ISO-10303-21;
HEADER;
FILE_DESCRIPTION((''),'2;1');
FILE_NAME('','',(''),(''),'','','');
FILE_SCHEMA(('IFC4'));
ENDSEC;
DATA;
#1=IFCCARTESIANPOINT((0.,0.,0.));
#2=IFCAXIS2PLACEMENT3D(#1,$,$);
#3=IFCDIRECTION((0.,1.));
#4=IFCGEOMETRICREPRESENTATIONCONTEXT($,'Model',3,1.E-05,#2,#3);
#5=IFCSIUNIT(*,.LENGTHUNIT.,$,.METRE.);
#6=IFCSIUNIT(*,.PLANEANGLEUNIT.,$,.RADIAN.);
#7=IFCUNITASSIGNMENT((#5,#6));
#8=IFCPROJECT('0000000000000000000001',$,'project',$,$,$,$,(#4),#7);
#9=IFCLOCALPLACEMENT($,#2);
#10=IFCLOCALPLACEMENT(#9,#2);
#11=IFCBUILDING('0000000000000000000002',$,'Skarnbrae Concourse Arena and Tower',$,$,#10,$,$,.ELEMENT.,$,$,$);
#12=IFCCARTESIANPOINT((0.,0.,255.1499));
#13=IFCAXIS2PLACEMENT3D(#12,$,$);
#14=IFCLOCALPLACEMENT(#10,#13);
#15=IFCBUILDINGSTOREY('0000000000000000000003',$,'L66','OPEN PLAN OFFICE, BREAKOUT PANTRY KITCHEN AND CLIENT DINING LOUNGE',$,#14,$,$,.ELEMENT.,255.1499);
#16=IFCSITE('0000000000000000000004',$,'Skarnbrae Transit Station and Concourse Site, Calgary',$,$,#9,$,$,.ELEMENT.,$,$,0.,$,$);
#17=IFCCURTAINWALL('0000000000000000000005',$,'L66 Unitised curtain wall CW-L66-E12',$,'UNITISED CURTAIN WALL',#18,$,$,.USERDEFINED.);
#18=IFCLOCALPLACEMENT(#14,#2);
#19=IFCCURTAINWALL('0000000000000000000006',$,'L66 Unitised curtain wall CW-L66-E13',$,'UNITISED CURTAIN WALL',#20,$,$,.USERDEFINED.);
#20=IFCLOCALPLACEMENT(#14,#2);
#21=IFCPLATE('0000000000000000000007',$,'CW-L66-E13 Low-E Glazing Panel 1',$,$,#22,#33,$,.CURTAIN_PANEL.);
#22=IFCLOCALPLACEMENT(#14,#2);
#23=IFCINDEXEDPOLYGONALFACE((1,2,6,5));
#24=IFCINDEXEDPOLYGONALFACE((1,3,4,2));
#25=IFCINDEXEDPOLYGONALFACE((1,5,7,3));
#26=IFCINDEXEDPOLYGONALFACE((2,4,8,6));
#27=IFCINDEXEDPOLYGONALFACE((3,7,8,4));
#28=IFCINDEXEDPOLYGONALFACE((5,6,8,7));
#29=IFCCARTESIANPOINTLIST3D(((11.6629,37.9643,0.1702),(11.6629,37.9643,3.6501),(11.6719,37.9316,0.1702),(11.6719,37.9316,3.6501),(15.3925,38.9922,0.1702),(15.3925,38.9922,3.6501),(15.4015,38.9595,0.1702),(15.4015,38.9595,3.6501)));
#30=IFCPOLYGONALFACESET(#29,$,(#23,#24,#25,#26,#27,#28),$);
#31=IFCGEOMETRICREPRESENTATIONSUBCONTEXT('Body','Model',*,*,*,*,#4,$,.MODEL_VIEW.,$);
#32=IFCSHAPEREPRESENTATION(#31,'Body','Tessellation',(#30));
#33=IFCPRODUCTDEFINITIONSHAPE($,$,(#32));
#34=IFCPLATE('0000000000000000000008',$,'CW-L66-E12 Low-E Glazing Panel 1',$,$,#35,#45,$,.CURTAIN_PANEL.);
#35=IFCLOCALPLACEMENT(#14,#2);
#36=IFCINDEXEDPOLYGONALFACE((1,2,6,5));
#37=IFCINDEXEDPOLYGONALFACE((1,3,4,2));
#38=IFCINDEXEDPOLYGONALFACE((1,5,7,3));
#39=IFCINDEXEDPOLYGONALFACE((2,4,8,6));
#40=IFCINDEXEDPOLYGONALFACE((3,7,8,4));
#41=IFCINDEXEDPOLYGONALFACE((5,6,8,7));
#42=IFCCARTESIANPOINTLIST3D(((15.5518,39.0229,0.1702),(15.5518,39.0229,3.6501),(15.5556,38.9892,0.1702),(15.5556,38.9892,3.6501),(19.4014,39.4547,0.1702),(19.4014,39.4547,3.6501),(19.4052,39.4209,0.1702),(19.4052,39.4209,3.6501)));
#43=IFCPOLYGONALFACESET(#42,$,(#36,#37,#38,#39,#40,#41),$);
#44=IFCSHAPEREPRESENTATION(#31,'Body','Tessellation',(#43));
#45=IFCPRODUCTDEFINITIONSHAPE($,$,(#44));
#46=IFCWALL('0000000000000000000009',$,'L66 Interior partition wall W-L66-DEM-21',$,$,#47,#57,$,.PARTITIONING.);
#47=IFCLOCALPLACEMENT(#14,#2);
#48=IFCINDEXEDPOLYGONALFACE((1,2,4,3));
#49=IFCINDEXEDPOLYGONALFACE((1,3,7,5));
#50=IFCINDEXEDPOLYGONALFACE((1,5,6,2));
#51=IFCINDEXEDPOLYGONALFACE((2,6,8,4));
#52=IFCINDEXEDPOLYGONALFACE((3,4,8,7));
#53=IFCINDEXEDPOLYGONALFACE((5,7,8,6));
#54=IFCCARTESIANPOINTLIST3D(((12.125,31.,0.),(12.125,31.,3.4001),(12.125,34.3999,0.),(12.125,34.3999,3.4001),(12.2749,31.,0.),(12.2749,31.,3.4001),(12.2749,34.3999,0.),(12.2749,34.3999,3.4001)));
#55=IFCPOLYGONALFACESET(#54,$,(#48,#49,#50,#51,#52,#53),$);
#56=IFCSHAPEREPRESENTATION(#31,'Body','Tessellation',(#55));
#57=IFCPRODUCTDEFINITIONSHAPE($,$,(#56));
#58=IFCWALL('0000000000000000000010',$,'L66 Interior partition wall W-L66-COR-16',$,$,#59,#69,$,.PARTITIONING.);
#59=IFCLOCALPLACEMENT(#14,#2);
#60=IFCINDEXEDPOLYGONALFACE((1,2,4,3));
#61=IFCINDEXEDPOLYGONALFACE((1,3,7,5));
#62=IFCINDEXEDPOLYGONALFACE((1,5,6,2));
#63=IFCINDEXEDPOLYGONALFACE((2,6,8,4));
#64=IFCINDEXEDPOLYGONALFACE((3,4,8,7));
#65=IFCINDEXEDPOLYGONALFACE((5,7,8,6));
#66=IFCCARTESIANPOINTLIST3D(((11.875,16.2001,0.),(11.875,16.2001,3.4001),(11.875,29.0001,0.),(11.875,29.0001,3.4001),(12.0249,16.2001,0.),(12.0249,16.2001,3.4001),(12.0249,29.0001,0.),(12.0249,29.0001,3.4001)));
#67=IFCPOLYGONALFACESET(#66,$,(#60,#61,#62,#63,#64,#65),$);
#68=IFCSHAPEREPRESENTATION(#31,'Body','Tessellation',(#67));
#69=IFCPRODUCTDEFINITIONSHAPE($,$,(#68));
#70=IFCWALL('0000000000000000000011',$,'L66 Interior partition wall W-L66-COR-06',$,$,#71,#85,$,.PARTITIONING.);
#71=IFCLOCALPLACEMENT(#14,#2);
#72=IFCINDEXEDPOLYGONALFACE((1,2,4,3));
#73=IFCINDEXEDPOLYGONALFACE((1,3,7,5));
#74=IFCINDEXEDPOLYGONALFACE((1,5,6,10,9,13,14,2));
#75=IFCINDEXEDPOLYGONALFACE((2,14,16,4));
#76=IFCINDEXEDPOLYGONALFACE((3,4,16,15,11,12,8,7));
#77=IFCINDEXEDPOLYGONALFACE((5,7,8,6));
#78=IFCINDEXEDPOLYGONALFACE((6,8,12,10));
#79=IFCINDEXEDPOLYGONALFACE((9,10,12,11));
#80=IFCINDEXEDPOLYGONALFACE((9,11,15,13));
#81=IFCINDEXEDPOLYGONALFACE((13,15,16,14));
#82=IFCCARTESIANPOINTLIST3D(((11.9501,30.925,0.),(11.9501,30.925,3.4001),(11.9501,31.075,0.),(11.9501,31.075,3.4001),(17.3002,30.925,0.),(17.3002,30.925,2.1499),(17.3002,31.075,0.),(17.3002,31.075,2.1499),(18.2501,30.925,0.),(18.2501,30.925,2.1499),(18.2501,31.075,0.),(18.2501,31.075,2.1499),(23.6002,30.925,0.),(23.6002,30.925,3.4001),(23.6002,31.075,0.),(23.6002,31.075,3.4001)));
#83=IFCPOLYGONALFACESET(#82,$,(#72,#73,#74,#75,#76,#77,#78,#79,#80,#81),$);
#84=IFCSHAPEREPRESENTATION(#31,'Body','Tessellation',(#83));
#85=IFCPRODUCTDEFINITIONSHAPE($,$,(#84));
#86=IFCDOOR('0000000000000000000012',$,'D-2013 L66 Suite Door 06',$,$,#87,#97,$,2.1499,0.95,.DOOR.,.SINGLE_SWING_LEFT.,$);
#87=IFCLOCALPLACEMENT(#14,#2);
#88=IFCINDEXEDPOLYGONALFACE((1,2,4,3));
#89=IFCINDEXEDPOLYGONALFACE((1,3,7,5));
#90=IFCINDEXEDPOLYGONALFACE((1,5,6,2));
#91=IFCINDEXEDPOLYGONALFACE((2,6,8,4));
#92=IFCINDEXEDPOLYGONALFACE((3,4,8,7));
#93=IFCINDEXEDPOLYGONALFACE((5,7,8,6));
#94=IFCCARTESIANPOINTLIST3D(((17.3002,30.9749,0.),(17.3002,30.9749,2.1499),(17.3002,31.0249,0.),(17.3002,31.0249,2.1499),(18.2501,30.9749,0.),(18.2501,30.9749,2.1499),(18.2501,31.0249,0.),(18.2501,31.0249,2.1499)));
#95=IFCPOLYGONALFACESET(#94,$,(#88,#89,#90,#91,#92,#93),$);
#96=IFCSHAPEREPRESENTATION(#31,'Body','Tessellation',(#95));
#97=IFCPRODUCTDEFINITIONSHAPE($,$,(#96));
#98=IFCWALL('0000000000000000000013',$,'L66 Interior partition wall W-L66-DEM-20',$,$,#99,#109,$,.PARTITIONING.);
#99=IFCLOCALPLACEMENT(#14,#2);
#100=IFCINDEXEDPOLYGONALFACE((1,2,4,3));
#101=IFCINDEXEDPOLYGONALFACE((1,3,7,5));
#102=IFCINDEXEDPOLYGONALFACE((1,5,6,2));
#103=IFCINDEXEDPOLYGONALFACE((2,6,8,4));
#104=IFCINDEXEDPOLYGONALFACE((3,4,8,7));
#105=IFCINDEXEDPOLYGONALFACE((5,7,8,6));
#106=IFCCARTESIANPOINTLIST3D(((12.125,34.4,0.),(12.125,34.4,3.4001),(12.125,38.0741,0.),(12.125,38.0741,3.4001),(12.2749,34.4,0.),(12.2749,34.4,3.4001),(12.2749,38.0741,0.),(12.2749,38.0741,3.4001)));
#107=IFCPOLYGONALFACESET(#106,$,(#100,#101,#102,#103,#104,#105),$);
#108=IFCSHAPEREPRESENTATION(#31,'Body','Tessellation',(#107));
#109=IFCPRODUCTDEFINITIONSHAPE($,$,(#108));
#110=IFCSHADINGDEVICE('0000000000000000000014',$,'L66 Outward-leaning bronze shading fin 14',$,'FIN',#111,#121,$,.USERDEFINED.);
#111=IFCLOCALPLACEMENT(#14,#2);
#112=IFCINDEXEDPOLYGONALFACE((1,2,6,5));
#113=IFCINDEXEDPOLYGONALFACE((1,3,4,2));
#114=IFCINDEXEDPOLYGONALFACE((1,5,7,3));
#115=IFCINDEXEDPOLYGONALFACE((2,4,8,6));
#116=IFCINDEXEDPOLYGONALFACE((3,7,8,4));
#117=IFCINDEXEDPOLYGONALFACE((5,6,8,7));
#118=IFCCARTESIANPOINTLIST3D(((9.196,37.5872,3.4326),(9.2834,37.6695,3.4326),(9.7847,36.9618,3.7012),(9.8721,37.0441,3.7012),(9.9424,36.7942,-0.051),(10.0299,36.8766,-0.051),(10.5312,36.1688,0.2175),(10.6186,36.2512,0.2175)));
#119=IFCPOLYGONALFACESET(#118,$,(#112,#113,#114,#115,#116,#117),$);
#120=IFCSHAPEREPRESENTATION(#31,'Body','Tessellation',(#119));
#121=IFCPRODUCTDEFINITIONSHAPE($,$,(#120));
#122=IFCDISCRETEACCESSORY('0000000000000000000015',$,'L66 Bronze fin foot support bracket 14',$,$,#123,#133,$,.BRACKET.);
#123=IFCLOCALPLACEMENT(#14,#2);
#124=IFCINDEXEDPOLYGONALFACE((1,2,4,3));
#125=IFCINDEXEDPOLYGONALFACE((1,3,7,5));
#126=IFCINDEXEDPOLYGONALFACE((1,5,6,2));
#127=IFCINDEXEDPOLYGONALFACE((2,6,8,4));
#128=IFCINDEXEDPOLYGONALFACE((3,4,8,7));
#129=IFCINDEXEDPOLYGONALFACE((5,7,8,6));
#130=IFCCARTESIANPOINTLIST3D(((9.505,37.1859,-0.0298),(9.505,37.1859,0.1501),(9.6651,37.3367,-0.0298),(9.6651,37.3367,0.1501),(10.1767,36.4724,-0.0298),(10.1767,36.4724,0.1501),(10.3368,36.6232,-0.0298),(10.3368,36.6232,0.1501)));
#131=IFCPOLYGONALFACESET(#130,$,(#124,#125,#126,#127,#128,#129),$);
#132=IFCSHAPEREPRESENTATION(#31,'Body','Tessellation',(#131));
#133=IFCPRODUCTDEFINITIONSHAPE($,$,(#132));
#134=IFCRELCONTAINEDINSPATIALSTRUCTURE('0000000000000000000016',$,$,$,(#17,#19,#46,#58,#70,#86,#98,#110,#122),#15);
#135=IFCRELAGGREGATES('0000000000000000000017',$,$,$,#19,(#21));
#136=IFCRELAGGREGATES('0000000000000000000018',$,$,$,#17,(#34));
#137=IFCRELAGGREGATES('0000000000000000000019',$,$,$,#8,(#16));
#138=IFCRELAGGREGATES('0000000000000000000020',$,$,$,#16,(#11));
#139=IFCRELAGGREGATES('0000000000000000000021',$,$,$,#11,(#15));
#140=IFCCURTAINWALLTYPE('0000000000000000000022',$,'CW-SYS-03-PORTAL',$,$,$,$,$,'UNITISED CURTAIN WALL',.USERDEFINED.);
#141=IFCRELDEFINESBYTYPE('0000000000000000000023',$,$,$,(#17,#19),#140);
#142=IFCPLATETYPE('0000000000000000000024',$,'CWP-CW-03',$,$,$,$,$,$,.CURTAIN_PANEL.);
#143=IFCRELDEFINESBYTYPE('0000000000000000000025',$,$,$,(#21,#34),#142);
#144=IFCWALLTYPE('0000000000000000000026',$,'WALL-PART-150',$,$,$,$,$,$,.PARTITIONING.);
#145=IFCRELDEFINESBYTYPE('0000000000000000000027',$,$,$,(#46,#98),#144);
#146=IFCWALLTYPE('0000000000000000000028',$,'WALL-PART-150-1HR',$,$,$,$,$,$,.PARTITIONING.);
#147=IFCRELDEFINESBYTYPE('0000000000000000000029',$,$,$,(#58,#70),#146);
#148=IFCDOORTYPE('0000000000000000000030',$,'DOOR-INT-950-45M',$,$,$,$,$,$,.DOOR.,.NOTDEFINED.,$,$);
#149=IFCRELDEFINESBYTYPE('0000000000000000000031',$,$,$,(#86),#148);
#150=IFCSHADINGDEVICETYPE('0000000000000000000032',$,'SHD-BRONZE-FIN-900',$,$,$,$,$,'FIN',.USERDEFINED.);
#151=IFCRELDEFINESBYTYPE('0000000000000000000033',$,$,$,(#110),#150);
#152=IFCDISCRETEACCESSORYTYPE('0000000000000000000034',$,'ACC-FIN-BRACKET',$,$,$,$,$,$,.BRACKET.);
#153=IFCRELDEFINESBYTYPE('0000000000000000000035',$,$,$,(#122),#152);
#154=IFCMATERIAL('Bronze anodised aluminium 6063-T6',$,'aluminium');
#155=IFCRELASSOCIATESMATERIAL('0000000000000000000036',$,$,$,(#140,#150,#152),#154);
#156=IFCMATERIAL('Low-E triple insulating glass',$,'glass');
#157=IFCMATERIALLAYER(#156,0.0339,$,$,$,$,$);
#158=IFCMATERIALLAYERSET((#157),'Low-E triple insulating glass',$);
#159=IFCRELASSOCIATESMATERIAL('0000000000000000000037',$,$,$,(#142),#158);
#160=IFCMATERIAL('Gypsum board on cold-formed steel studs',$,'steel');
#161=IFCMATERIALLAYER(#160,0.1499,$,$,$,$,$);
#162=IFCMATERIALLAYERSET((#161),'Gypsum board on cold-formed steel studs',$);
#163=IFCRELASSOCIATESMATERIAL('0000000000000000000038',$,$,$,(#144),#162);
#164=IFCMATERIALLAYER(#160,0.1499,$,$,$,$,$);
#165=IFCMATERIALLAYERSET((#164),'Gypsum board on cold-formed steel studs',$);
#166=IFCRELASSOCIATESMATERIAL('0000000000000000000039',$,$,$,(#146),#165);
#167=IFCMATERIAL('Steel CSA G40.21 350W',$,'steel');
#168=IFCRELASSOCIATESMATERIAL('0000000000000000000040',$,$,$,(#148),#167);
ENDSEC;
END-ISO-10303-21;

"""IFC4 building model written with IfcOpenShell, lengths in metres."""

from ifc_helpers import new_model, si_unit, direction, frame, frame_2d, origin, origin_2d, place, context, subcontext, project, spatial, rectangle, extrude, source, transform, mapped, material, layer, layer_set, type_object, element, fill, aggregate, save


model = new_model("IFC4")

# Units and contexts
model_context = context("Model", 3, precision=1e-05, world=origin(), true_north=direction((0.0, 1.0)))
body_context = subcontext(model_context, "Body", "Model", "MODEL_VIEW")
ifc_project = project(units=[si_unit("LENGTHUNIT", "METRE"), si_unit("PLANEANGLEUNIT", "RADIAN")], contexts=[model_context])

# Site, building, storey
site_placement = place(None, origin())
site = spatial("IfcSite", under=ifc_project, at=site_placement, Name="Skarnbrae Transit Station and Concourse Site, Calgary", CompositionType="ELEMENT", RefElevation=0.0)
building_placement = place(site_placement, origin())
building = spatial("IfcBuilding", under=site, at=building_placement, Name="Skarnbrae Concourse Arena and Tower", CompositionType="ELEMENT")
storey_placement = place(building_placement, frame((0.0, 0.0, 255.1499)))
storey = spatial("IfcBuildingStorey", under=building, at=storey_placement, Name="L66", Description="OPEN PLAN OFFICE, BREAKOUT PANTRY KITCHEN AND CLIENT DINING LOUNGE", CompositionType="ELEMENT", Elevation=255.1499)

# Shared definitions
ifc_material_1 = material(Name="Steel CSA G40.21 350W", Category="steel")

# Shared definitions
ifc_material_2 = material(Name="Bronze anodised aluminium 6063-T6", Category="aluminium")
curtain_wall_type_1 = type_object("IfcCurtainWallType", Name="CW-SYS-03-PORTAL", ElementType="UNITISED CURTAIN WALL", PredefinedType="USERDEFINED", material=ifc_material_2)

# Curtain walls
curtain_wall_1_placement = place(storey_placement, origin())
curtain_wall_1 = element("IfcCurtainWall", 1, at=curtain_wall_1_placement, inside=storey, type_object=curtain_wall_type_1, Name="L66 Unitised curtain wall CW-L66-E12", ObjectType="UNITISED CURTAIN WALL", PredefinedType="USERDEFINED")
curtain_wall_2_placement = place(storey_placement, origin())
curtain_wall_2 = element("IfcCurtainWall", 2, at=curtain_wall_2_placement, inside=storey, type_object=curtain_wall_type_1, Name="L66 Unitised curtain wall CW-L66-E13", ObjectType="UNITISED CURTAIN WALL", PredefinedType="USERDEFINED")

# Plates
ifc_material_3 = material(Name="Low-E triple insulating glass", Category="glass")
ifc_layer_1 = layer(ifc_material_3, 0.0339)
ifc_layer_set_1 = layer_set([ifc_layer_1], Name="Low-E triple insulating glass")
plate_type_1 = type_object("IfcPlateType", Name="CWP-CW-03", PredefinedType="CURTAIN_PANEL", material=ifc_layer_set_1)
shared_shape_1 = source(origin(), body_context, "Body", "SweptSolid", [
    extrude(rectangle(XDim=3.8687, YDim=0.0339, at=origin_2d()), origin(), (0.0, 0.0, 1.0), 3.48),
])
plate_1_placement = place(storey_placement, frame((13.5322, 38.4619, 0.1702), z_axis=(0.0, 0.0, 1.0), x_axis=(-0.964057, -0.265694, 0.0)))
plate_1 = element("IfcPlate", 3, at=plate_1_placement, type_object=plate_type_1, Name="CW-L66-E13 Low-E Glazing Panel 1", PredefinedType="CURTAIN_PANEL", context=body_context, shape_type="MappedRepresentation", body=[
    mapped(shared_shape_1, transform((0.0, 0.0, 0.0))),
])
aggregate(curtain_wall_2, [plate_1])
shared_shape_2 = source(origin(), body_context, "Body", "SweptSolid", [
    extrude(rectangle(XDim=3.8738, YDim=0.0339, at=origin_2d()), origin(), (0.0, 0.0, 1.0), 3.48),
])
plate_2_placement = place(storey_placement, frame((17.4785, 39.2219, 0.1702), z_axis=(0.0, 0.0, 1.0), x_axis=(-0.993769, -0.11146, 0.0)))
plate_2 = element("IfcPlate", 4, at=plate_2_placement, type_object=plate_type_1, Name="CW-L66-E12 Low-E Glazing Panel 1", PredefinedType="CURTAIN_PANEL", context=body_context, shape_type="MappedRepresentation", body=[
    mapped(shared_shape_2, transform((0.0, 0.0, 0.0))),
])
aggregate(curtain_wall_1, [plate_2])

# Walls
ifc_material_4 = material(Name="Gypsum board on cold-formed steel studs", Category="steel")
ifc_layer_2 = layer(ifc_material_4, 0.1499)
ifc_layer_set_2 = layer_set([ifc_layer_2], Name="Gypsum board on cold-formed steel studs")
wall_type_1 = type_object("IfcWallType", Name="WALL-PART-150", PredefinedType="PARTITIONING", material=ifc_layer_set_2)
shared_shape_3 = source(origin(), body_context, "Body", "SweptSolid", [
    extrude(rectangle(XDim=3.3999, YDim=0.1499, at=frame_2d((1.7, 0.0))), origin(), (0.0, 0.0, 1.0), 3.4001),
])
wall_1_placement = place(storey_placement, frame((12.2, 34.3999, 0.0), z_axis=(0.0, 0.0, 1.0), x_axis=(0.0, -1.0, 0.0)))
element("IfcWall", 5, at=wall_1_placement, inside=storey, type_object=wall_type_1, Name="L66 Interior partition wall W-L66-DEM-21", PredefinedType="PARTITIONING", context=body_context, shape_type="MappedRepresentation", body=[
    mapped(shared_shape_3, transform((0.0, 0.0, 0.0))),
])
ifc_layer_3 = layer(ifc_material_4, 0.1499)
ifc_layer_set_3 = layer_set([ifc_layer_3], Name="Gypsum board on cold-formed steel studs")
wall_type_2 = type_object("IfcWallType", Name="WALL-PART-150-1HR", PredefinedType="PARTITIONING", material=ifc_layer_set_3)
shared_shape_4 = source(origin(), body_context, "Body", "SweptSolid", [
    extrude(rectangle(XDim=12.8, YDim=0.1499, at=frame_2d((6.3999, 0.0))), origin(), (0.0, 0.0, 1.0), 3.4001),
])
wall_2_placement = place(storey_placement, frame((11.95, 29.0, 0.0), z_axis=(0.0, 0.0, 1.0), x_axis=(0.0, -1.0, 0.0)))
element("IfcWall", 6, at=wall_2_placement, inside=storey, type_object=wall_type_2, Name="L66 Interior partition wall W-L66-COR-16", PredefinedType="PARTITIONING", context=body_context, shape_type="MappedRepresentation", body=[
    mapped(shared_shape_4, transform((0.0, 0.0, 0.0))),
])

# Wall, opening, door
shared_shape_5 = source(origin(), body_context, "Body", "SweptSolid", [
    extrude(rectangle(XDim=11.6501, YDim=0.1499, at=frame_2d((5.8252, 0.0))), origin(), (0.0, 0.0, 1.0), 3.4001),
])
wall_3_placement = place(storey_placement, frame((11.95, 31.0, 0.0), z_axis=(0.0, 0.0, 1.0), x_axis=(1.0, 0.0, 0.0)))
wall_3 = element("IfcWall", 7, at=wall_3_placement, inside=storey, type_object=wall_type_2, Name="L66 Interior partition wall W-L66-COR-06", PredefinedType="PARTITIONING", context=body_context, shape_type="MappedRepresentation", body=[
    mapped(shared_shape_5, transform((0.0, 0.0, 0.0))),
])
opening_placement = place(wall_3_placement, frame((5.3501, 0.0, 0.0)))
opening = element("IfcOpeningElement", 8, at=opening_placement, cuts=wall_3, PredefinedType="OPENING", context=body_context, shape_type="SweptSolid", body=[
    extrude(rectangle(XDim=0.95, YDim=2.1499, at=frame_2d((0.4751, 1.075))), frame((0.0, 0.085, 0.0), z_axis=(0.0, -1.0, 0.0), x_axis=(1.0, 0.0, 0.0)), (0.0, 0.0, 1.0), 0.1699),
])
door_type = type_object("IfcDoorType", Name="DOOR-INT-950-45M", OperationType="NOTDEFINED", PredefinedType="DOOR", material=ifc_material_1)
shared_shape_6 = source(origin(), body_context, "Body", "SweptSolid", [
    extrude(rectangle(XDim=0.95, YDim=2.1499, at=frame_2d((0.4751, 1.075))), frame((0.0, 0.0249, 0.0), z_axis=(0.0, -1.0, 0.0), x_axis=(1.0, 0.0, 0.0)), (0.0, 0.0, 1.0), 0.05),
])
door_placement = place(opening_placement, origin())
door = element("IfcDoor", 9, at=door_placement, inside=storey, type_object=door_type, Name="D-2013 L66 Suite Door 06", OperationType="SINGLE_SWING_LEFT", OverallHeight=2.1499, OverallWidth=0.95, PredefinedType="DOOR", context=body_context, shape_type="MappedRepresentation", body=[
    mapped(shared_shape_6, transform((0.0, 0.0, 0.0))),
])
fill(opening, door)

# Wall
shared_shape_7 = source(origin(), body_context, "Body", "SweptSolid", [
    extrude(rectangle(XDim=3.6741, YDim=0.1499, at=frame_2d((1.8369, 0.0))), origin(), (0.0, 0.0, 1.0), 3.4001),
])
wall_4_placement = place(storey_placement, frame((12.2, 38.074, 0.0), z_axis=(0.0, 0.0, 1.0), x_axis=(0.0, -1.0, 0.0)))
element("IfcWall", 10, at=wall_4_placement, inside=storey, type_object=wall_type_1, Name="L66 Interior partition wall W-L66-DEM-20", PredefinedType="PARTITIONING", context=body_context, shape_type="MappedRepresentation", body=[
    mapped(shared_shape_7, transform((0.0, 0.0, 0.0))),
])

# Shading device
shading_device_type = type_object("IfcShadingDeviceType", Name="SHD-BRONZE-FIN-900", ElementType="FIN", PredefinedType="USERDEFINED", material=ifc_material_2)
shared_shape_8 = source(origin(), body_context, "Body", "SweptSolid", [
    extrude(rectangle(XDim=0.1201, YDim=0.8999, at=origin_2d()), origin(), (0.0, 0.0, 1.0), 3.6499),
])
shading_device_placement = place(storey_placement, frame((10.2805, 36.5227, 0.0833), z_axis=(-0.204517, 0.217256, 0.954449), x_axis=(0.728132, 0.685437, 0.0)))
element("IfcShadingDevice", 11, at=shading_device_placement, inside=storey, type_object=shading_device_type, Name="L66 Outward-leaning bronze shading fin 14", ObjectType="FIN", PredefinedType="USERDEFINED", context=body_context, shape_type="MappedRepresentation", body=[
    mapped(shared_shape_8, transform((0.0, 0.0, 0.0))),
])

# Discrete accessory
discrete_accessory_type = type_object("IfcDiscreteAccessoryType", Name="ACC-FIN-BRACKET", PredefinedType="BRACKET", material=ifc_material_2)
shared_shape_9 = source(origin(), body_context, "Body", "SweptSolid", [
    extrude(rectangle(XDim=0.22, YDim=0.98, at=origin_2d()), origin(), (0.0, 0.0, 1.0), 0.1799),
])
discrete_accessory_placement = place(storey_placement, frame((9.9209, 36.9045, -0.0298), z_axis=(0.0, 0.0, 1.0), x_axis=(0.728132, 0.685437, 0.0)))
element("IfcDiscreteAccessory", 12, at=discrete_accessory_placement, inside=storey, type_object=discrete_accessory_type, Name="L66 Bronze fin foot support bracket 14", PredefinedType="BRACKET", context=body_context, shape_type="MappedRepresentation", body=[
    mapped(shared_shape_9, transform((0.0, 0.0, 0.0))),
])

save(model, "model.ifc")
